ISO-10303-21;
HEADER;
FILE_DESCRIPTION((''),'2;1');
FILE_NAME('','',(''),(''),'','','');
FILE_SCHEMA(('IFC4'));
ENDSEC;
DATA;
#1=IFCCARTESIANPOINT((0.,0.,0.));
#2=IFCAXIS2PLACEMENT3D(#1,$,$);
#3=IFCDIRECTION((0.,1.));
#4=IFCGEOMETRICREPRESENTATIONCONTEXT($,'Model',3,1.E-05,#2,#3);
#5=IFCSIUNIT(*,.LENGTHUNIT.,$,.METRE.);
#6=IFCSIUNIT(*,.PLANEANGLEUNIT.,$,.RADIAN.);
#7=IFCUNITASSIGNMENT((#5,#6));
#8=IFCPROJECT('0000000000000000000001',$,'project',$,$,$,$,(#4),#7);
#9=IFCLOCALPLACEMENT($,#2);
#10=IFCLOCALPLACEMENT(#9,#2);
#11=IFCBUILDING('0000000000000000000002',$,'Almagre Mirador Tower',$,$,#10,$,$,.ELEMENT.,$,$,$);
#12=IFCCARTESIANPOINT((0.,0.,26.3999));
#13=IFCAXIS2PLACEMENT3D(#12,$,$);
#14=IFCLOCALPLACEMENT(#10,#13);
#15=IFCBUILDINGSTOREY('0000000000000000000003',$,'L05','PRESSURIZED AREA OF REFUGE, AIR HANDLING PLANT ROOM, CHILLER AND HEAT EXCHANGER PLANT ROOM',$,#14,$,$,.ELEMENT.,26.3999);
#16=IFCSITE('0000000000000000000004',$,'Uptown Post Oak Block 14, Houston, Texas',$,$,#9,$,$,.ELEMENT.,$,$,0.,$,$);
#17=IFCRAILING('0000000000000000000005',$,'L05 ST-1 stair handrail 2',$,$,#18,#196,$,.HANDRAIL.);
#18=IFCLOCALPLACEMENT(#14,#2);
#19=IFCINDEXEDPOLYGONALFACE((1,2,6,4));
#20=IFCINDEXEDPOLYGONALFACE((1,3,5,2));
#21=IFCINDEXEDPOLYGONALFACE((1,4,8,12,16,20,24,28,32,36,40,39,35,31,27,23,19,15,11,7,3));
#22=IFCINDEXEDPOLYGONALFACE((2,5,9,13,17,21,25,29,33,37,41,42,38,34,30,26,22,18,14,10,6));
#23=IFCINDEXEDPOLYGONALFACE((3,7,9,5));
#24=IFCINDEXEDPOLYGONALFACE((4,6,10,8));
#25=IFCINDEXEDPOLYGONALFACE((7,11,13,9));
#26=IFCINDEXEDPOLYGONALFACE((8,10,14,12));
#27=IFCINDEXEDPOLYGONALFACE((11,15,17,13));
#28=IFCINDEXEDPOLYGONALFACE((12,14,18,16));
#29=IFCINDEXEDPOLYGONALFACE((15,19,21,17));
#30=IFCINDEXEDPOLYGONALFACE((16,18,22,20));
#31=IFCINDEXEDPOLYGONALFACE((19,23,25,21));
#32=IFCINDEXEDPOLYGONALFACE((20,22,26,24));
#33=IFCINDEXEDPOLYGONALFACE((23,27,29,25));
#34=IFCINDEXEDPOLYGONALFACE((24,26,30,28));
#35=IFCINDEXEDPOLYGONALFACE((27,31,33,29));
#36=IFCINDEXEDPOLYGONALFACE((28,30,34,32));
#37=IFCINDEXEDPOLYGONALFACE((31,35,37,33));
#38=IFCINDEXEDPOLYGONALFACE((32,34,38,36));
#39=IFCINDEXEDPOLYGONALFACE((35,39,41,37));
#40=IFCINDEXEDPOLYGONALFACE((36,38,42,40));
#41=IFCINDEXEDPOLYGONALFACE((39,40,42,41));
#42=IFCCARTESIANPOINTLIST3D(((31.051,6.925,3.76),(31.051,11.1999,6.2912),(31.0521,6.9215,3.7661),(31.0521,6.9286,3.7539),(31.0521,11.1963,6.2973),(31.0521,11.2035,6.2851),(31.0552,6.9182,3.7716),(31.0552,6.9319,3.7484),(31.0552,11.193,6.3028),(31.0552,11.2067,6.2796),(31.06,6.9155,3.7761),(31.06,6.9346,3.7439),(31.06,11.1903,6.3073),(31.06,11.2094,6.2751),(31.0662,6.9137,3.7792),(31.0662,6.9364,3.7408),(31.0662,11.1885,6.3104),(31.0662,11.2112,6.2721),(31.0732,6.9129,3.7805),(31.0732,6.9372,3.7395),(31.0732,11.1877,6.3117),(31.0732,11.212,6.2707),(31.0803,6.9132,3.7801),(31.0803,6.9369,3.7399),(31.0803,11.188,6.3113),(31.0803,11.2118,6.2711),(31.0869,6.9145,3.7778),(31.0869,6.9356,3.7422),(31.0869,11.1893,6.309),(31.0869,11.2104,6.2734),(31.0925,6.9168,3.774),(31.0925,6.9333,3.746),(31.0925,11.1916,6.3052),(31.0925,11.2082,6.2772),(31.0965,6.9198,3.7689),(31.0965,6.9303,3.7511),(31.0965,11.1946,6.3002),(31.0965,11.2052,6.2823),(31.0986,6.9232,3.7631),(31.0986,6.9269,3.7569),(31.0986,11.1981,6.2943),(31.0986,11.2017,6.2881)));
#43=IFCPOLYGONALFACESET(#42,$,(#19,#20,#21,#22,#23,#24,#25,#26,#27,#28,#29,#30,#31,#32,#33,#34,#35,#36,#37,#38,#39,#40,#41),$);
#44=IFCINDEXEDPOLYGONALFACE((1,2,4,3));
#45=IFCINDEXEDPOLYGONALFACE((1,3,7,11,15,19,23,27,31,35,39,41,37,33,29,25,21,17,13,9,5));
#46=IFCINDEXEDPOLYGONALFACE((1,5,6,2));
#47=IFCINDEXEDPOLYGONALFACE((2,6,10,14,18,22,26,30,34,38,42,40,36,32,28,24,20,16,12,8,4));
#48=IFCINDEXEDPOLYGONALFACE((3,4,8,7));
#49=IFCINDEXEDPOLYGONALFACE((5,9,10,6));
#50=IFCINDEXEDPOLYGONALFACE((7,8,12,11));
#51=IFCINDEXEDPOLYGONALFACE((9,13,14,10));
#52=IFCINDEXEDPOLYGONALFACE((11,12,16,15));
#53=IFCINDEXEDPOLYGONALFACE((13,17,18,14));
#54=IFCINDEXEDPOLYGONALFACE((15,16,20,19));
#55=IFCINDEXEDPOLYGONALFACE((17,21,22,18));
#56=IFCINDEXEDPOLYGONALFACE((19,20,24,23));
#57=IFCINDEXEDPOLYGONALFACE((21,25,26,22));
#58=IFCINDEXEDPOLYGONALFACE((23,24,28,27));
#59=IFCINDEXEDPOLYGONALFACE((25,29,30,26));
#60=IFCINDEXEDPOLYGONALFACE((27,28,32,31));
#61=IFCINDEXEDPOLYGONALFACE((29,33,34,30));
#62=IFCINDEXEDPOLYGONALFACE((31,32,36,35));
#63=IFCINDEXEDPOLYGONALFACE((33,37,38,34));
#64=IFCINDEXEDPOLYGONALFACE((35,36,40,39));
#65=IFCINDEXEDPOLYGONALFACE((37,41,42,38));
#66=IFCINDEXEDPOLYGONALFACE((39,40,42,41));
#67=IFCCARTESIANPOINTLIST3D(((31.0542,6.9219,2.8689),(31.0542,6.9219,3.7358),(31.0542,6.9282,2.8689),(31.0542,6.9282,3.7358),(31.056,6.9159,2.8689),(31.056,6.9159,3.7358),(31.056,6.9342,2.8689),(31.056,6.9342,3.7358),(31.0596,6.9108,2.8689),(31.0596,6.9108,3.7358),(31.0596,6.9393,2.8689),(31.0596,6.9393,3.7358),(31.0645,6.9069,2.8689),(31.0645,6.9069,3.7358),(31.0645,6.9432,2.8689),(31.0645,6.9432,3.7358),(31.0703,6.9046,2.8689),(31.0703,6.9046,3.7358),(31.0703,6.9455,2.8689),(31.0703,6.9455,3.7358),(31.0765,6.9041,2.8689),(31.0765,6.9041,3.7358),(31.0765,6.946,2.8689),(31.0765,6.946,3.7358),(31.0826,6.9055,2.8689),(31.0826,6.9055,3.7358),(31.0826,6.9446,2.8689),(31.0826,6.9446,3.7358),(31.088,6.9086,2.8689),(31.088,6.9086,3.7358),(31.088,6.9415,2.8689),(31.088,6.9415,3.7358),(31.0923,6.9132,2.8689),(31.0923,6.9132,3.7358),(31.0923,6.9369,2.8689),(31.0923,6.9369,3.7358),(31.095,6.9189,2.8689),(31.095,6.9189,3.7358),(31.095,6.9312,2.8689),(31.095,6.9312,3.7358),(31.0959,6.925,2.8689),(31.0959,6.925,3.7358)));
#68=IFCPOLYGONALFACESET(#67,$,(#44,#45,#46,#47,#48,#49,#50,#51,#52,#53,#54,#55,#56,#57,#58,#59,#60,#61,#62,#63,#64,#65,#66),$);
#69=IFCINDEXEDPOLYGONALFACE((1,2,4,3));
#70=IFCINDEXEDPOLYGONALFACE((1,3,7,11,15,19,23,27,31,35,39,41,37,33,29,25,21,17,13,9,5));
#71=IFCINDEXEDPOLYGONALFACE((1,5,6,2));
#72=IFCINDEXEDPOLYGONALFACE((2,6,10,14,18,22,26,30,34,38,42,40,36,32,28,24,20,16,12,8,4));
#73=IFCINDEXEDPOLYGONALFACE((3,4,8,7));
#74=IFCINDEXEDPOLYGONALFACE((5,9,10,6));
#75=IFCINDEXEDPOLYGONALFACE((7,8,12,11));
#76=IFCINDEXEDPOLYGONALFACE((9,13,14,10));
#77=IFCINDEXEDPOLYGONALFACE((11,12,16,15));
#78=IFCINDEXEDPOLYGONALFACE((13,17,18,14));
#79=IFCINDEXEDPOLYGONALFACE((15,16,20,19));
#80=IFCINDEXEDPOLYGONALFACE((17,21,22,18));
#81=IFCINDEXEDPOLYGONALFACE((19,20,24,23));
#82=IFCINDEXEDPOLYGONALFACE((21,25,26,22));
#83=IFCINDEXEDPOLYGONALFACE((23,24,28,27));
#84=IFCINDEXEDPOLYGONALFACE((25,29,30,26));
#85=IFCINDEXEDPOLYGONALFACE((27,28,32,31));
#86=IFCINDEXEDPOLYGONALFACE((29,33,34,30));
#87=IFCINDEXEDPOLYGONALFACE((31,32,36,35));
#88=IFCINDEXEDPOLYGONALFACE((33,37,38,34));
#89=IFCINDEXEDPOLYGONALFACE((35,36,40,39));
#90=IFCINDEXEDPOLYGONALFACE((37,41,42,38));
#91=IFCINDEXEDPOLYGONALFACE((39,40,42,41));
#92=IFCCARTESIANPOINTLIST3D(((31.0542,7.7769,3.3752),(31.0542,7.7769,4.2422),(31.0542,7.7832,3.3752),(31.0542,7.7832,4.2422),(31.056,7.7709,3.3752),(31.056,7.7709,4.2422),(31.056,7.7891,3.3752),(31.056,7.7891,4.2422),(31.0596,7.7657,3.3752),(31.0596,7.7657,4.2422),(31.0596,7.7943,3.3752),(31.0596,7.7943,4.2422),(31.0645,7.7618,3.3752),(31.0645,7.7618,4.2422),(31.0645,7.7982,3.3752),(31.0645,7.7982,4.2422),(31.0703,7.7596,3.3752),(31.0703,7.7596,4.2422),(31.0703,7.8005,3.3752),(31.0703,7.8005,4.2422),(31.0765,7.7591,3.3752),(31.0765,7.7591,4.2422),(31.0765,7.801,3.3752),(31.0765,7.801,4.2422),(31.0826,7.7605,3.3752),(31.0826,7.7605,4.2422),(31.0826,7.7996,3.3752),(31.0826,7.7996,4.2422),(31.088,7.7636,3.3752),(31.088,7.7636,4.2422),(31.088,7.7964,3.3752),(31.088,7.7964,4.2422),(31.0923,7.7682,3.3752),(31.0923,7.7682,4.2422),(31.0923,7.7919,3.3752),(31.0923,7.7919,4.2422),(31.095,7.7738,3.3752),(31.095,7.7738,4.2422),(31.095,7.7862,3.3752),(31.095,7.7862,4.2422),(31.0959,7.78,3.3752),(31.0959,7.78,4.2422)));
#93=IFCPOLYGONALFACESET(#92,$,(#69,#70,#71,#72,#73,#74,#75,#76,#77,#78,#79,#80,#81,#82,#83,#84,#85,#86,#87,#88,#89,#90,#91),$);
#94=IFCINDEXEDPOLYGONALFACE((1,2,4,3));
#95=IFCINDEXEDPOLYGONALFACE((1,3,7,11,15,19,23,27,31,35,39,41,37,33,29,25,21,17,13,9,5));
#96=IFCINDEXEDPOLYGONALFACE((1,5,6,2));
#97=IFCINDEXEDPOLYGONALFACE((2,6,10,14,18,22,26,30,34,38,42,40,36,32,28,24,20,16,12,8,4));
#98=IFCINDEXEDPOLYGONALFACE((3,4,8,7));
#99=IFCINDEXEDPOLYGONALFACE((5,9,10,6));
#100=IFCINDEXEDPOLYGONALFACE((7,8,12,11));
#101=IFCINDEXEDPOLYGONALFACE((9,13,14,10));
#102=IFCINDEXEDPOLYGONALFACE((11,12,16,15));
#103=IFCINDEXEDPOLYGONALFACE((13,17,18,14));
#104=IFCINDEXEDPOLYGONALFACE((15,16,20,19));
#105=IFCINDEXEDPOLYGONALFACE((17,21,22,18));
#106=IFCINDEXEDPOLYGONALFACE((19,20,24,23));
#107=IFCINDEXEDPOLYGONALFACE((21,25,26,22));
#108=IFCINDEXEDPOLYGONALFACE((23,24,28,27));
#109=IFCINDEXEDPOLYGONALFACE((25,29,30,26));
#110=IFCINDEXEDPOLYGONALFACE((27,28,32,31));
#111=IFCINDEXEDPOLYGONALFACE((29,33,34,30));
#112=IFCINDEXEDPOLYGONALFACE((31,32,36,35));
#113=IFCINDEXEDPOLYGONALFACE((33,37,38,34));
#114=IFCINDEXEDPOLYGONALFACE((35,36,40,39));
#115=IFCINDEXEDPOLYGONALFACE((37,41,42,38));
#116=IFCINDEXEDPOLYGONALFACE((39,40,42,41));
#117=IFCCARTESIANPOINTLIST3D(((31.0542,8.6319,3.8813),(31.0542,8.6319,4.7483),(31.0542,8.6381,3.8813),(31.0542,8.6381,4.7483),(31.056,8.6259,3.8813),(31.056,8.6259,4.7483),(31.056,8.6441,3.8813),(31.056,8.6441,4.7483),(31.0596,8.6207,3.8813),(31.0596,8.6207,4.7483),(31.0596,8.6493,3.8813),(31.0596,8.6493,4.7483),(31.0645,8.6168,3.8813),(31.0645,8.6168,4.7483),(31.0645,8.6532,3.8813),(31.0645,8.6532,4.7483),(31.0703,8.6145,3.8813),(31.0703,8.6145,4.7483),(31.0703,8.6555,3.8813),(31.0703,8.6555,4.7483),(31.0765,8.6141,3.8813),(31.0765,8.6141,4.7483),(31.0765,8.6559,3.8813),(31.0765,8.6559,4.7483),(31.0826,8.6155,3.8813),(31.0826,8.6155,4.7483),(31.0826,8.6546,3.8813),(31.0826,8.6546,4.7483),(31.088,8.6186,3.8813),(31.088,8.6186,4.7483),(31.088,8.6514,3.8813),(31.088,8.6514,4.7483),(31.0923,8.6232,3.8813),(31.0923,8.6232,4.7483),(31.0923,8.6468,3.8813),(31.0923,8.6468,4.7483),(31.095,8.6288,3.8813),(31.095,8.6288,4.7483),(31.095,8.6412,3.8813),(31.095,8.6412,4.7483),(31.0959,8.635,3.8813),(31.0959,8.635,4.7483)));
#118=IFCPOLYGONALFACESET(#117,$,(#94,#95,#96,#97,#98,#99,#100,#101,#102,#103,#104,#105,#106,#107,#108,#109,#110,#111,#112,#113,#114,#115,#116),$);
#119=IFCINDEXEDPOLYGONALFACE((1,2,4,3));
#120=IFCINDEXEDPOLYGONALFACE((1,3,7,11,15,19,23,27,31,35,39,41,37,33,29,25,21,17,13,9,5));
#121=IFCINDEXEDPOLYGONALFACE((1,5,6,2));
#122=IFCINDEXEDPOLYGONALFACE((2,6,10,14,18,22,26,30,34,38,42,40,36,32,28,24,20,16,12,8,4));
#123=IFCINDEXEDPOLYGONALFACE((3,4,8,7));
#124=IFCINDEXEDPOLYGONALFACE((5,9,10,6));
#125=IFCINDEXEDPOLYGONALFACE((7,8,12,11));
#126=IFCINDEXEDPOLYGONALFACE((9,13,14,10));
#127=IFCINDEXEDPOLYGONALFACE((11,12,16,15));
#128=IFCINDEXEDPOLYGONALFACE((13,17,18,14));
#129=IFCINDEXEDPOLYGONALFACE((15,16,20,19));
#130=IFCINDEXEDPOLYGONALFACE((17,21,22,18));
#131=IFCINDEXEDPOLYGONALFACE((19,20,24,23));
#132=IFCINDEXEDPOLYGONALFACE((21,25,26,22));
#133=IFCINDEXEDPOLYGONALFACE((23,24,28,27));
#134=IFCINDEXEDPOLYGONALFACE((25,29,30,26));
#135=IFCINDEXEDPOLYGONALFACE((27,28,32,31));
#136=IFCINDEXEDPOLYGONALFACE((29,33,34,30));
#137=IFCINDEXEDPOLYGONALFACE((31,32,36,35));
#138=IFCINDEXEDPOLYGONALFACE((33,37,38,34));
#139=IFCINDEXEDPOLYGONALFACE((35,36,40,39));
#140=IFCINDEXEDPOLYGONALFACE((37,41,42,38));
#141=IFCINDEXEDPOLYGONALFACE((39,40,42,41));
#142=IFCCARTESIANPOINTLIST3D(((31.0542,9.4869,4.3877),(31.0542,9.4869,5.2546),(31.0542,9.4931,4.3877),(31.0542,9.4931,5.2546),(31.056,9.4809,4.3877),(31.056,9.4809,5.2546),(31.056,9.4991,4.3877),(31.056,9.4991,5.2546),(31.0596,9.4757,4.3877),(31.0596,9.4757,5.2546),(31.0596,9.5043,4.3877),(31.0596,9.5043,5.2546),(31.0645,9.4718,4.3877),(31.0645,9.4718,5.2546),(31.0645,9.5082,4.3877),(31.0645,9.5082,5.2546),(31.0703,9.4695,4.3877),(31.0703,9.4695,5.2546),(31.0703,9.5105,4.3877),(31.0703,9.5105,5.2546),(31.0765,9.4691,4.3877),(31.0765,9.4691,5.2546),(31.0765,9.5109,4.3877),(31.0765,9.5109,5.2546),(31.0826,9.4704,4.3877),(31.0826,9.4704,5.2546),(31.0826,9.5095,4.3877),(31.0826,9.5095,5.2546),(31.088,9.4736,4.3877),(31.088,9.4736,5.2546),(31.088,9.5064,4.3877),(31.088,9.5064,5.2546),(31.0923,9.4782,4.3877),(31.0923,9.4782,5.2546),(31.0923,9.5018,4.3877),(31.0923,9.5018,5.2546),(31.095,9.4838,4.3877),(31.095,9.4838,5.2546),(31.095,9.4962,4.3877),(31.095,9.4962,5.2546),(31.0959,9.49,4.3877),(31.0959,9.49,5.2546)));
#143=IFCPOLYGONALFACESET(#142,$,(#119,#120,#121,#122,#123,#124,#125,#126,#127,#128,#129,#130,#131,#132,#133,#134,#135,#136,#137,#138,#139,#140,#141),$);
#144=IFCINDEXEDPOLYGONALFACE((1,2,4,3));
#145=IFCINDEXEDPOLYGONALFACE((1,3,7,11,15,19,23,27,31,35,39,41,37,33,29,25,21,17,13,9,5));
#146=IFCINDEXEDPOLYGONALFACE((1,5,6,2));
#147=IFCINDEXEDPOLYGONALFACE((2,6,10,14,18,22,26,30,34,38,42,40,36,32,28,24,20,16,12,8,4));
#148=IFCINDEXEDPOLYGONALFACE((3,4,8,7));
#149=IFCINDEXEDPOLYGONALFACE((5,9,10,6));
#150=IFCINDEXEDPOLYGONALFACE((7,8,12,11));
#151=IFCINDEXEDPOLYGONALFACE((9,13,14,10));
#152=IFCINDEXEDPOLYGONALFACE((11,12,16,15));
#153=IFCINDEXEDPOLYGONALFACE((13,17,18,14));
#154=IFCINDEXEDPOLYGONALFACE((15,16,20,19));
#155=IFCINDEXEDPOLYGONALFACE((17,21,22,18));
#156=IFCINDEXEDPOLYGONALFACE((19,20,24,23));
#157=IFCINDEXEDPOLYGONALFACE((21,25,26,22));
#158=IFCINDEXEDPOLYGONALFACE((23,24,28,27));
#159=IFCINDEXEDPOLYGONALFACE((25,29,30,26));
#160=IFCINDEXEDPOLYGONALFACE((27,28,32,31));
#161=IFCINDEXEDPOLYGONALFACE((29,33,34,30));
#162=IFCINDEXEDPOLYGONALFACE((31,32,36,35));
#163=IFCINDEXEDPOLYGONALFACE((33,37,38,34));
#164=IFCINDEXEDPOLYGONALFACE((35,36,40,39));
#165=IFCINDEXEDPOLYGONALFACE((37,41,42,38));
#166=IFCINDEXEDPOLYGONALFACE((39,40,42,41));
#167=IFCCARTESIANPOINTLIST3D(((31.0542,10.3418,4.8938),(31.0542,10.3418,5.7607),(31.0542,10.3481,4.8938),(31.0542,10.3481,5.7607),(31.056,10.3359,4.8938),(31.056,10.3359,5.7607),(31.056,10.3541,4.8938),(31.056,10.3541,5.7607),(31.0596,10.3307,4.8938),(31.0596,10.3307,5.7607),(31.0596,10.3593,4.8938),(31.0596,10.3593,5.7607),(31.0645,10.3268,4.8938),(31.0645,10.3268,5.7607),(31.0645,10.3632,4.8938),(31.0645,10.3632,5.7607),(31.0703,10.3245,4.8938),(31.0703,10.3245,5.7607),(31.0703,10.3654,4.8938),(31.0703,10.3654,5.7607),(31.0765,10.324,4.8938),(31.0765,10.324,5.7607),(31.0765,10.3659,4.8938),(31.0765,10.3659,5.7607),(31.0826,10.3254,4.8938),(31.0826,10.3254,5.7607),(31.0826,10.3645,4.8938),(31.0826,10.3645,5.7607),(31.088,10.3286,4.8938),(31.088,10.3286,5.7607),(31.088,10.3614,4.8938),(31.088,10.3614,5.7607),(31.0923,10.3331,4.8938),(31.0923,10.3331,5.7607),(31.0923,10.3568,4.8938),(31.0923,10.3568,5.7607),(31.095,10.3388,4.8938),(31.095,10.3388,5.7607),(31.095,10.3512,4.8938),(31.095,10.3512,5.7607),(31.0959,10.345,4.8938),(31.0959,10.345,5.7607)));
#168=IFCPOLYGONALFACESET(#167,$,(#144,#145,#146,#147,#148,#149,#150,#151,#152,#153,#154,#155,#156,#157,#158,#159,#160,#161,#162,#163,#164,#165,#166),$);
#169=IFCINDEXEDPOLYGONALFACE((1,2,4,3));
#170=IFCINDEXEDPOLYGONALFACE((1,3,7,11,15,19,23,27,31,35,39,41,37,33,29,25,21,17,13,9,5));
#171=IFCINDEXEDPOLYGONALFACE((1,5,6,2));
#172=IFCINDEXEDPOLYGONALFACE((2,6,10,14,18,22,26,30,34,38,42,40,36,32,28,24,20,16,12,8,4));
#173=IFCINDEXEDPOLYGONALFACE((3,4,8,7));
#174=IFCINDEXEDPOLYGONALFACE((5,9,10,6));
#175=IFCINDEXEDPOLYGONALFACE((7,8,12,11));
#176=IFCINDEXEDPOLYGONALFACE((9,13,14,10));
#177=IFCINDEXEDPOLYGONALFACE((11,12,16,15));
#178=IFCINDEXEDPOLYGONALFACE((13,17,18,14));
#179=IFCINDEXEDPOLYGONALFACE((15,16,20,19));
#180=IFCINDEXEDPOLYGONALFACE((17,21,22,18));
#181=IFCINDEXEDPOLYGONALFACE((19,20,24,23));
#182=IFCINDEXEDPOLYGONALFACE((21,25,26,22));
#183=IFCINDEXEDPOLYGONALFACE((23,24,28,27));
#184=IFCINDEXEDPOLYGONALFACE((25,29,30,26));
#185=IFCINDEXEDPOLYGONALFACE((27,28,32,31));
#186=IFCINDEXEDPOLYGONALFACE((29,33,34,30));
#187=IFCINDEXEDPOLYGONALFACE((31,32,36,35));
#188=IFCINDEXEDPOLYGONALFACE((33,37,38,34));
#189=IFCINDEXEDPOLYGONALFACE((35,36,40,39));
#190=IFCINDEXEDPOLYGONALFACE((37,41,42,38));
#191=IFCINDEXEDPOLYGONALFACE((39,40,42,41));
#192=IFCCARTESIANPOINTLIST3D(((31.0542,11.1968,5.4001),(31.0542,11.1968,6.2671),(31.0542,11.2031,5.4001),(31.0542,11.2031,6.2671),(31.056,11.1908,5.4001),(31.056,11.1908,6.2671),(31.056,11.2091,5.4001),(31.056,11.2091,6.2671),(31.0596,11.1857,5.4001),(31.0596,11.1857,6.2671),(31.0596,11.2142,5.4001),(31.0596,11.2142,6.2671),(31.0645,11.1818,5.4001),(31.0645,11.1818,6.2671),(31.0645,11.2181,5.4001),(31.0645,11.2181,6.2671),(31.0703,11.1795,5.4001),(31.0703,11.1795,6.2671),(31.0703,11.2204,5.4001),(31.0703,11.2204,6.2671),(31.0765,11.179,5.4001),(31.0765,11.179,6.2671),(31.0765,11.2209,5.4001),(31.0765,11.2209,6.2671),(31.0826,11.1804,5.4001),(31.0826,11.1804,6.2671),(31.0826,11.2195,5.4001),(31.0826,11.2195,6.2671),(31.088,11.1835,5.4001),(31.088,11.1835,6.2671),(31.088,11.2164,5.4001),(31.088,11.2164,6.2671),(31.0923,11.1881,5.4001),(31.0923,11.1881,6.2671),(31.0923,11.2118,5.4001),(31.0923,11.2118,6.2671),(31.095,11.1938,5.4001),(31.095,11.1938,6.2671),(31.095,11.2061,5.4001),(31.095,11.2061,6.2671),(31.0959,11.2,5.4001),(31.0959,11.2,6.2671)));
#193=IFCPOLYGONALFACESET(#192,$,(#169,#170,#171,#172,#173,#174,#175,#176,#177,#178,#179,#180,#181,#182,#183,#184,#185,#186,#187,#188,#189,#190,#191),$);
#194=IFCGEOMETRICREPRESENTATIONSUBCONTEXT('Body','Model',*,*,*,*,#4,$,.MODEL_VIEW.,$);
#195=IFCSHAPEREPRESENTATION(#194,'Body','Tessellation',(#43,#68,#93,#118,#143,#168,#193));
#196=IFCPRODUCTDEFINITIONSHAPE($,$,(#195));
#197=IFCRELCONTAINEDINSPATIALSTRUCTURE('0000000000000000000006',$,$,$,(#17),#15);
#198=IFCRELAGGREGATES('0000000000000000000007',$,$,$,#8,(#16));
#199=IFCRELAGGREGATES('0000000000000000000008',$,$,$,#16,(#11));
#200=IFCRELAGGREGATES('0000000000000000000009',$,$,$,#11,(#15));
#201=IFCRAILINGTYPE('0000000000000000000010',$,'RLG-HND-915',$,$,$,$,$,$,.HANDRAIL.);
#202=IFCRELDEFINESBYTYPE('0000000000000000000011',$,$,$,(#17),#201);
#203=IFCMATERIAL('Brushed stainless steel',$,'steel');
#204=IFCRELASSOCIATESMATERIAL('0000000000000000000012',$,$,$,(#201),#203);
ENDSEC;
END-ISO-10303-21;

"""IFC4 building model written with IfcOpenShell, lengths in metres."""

from ifc_helpers import new_model, si_unit, direction, frame, origin, origin_2d, place, context, subcontext, project, spatial, circle, extrude, material, type_object, element, save


model = new_model("IFC4")

# Units and contexts
model_context = context("Model", 3, precision=1e-05, world=origin(), true_north=direction((0.0, 1.0)))
body_context = subcontext(model_context, "Body", "Model", "MODEL_VIEW")
ifc_project = project(units=[si_unit("LENGTHUNIT", "METRE"), si_unit("PLANEANGLEUNIT", "RADIAN")], contexts=[model_context])

# Site, building, storey
site_placement = place(None, origin())
site = spatial("IfcSite", under=ifc_project, at=site_placement, Name="Uptown Post Oak Block 14, Houston, Texas", CompositionType="ELEMENT", RefElevation=0.0)
building_placement = place(site_placement, origin())
building = spatial("IfcBuilding", under=site, at=building_placement, Name="Almagre Mirador Tower", CompositionType="ELEMENT")
storey_placement = place(building_placement, frame((0.0, 0.0, 26.3999)))
storey = spatial("IfcBuildingStorey", under=building, at=storey_placement, Name="L05", Description="PRESSURIZED AREA OF REFUGE, AIR HANDLING PLANT ROOM, CHILLER AND HEAT EXCHANGER PLANT ROOM", CompositionType="ELEMENT", Elevation=26.3999)

# Railing
ifc_material_1 = material(Name="Brushed stainless steel", Category="steel")
railing_type_1 = type_object("IfcRailingType", Name="RLG-HND-915", PredefinedType="HANDRAIL", material=ifc_material_1)
railing_1_placement = place(storey_placement, frame((31.075, 6.925, 2.8689)))
element("IfcRailing", 1, at=railing_1_placement, inside=storey, type_object=railing_type_1, Name="L05 ST-1 stair handrail 2", PredefinedType="HANDRAIL", context=body_context, shape_type="SweptSolid", body=[
    extrude(circle(Radius=0.0239, at=origin_2d()), frame((0.0, 0.0, 0.8911), z_axis=(0.0, 0.86047, 0.509501), x_axis=(-1.0, 0.0, 0.0)), (0.0, 0.0, 1.0), 4.968),
    extrude(circle(Radius=0.021, at=origin_2d()), origin(), (0.0, 0.0, 1.0), 0.8669),
    extrude(circle(Radius=0.021, at=origin_2d()), frame((0.0, 0.855, 0.5063)), (0.0, 0.0, 1.0), 0.8669),
    extrude(circle(Radius=0.021, at=origin_2d()), frame((0.0, 1.71, 1.0125)), (0.0, 0.0, 1.0), 0.8669),
    extrude(circle(Radius=0.021, at=origin_2d()), frame((0.0, 2.5649, 1.5188)), (0.0, 0.0, 1.0), 0.8669),
    extrude(circle(Radius=0.021, at=origin_2d()), frame((0.0, 3.4199, 2.0249)), (0.0, 0.0, 1.0), 0.8669),
    extrude(circle(Radius=0.021, at=origin_2d()), frame((0.0, 4.2749, 2.5312)), (0.0, 0.0, 1.0), 0.8669),
])

save(model, "model.ifc")
